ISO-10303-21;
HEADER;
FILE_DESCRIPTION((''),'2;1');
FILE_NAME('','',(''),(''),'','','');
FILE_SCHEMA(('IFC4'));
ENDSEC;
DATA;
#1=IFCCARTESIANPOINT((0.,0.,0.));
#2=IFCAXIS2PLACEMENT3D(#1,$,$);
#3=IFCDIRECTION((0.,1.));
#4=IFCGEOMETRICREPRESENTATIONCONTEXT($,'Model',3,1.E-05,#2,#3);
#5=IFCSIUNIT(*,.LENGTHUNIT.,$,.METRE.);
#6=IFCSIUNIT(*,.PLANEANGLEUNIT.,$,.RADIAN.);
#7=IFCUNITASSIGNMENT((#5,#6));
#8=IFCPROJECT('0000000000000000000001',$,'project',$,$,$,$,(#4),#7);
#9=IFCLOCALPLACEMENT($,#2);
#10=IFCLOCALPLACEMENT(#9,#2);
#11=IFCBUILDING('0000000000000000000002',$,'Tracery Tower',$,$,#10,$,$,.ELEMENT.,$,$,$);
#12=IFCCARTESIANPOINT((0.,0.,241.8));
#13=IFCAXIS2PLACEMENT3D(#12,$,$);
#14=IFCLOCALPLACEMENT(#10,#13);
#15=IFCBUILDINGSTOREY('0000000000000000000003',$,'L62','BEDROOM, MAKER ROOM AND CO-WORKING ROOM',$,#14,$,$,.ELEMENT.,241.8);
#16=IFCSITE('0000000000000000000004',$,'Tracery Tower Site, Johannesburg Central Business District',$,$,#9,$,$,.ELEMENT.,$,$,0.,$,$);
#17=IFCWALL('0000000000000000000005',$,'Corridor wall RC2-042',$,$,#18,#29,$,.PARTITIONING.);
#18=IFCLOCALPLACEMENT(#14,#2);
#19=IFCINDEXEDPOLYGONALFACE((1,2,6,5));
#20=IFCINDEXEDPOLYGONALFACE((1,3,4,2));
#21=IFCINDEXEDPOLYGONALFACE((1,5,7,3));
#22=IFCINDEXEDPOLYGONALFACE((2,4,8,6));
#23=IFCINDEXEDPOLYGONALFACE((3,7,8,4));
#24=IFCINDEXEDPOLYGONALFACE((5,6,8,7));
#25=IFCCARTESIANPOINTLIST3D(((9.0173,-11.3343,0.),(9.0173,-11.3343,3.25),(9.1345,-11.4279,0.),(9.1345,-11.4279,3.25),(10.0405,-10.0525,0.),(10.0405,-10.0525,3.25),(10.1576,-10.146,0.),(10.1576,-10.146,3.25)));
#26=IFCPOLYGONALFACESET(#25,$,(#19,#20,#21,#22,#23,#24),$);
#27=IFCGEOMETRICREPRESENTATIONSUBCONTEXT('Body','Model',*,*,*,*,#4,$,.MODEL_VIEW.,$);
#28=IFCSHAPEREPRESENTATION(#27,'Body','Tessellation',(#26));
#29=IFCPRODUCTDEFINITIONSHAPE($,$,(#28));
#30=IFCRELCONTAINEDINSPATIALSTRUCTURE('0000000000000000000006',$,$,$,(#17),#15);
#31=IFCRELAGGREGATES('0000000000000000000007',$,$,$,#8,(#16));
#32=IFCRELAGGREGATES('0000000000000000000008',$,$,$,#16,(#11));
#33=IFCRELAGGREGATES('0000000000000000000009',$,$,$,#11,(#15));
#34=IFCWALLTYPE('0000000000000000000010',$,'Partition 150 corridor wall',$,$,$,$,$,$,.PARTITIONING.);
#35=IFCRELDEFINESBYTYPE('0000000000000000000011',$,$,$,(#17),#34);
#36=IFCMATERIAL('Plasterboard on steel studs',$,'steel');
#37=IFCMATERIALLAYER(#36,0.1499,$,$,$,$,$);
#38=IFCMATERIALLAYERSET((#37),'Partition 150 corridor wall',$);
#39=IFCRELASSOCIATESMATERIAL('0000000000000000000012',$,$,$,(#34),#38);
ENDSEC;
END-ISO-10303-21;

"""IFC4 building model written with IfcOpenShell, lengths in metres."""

from ifc_helpers import new_model, si_unit, direction, frame, frame_2d, origin, place, context, subcontext, project, spatial, rectangle, extrude, material, layer, layer_set, type_object, element, save


model = new_model("IFC4")

# Units and contexts
model_context = context("Model", 3, precision=1e-05, world=origin(), true_north=direction((0.0, 1.0)))
body_context = subcontext(model_context, "Body", "Model", "MODEL_VIEW")
ifc_project = project(units=[si_unit("LENGTHUNIT", "METRE"), si_unit("PLANEANGLEUNIT", "RADIAN")], contexts=[model_context])

# Site, building, storey
site_placement = place(None, origin())
site = spatial("IfcSite", under=ifc_project, at=site_placement, Name="Tracery Tower Site, Johannesburg Central Business District", CompositionType="ELEMENT", RefElevation=0.0)
building_placement = place(site_placement, origin())
building = spatial("IfcBuilding", under=site, at=building_placement, Name="Tracery Tower", CompositionType="ELEMENT")
storey_placement = place(building_placement, frame((0.0, 0.0, 241.8)))
storey = spatial("IfcBuildingStorey", under=building, at=storey_placement, Name="L62", Description="BEDROOM, MAKER ROOM AND CO-WORKING ROOM", CompositionType="ELEMENT", Elevation=241.8)

# Shared definitions
ifc_material_1 = material(Name="Plasterboard on steel studs", Category="steel")
ifc_layer_1 = layer(ifc_material_1, 0.1499)
ifc_layer_set_1 = layer_set([ifc_layer_1], Name="Partition 150 corridor wall")
wall_type_1 = type_object("IfcWallType", Name="Partition 150 corridor wall", PredefinedType="PARTITIONING", material=ifc_layer_set_1)

# Wall
wall_1_placement = place(storey_placement, frame((9.0759, -11.3811, 0.0), z_axis=(0.0, 0.0, 1.0), x_axis=(0.623805, 0.78158, 0.0)))
element("IfcWall", 1, at=wall_1_placement, inside=storey, type_object=wall_type_1, Name="Corridor wall RC2-042", PredefinedType="PARTITIONING", context=body_context, shape_type="SweptSolid", body=[
    extrude(rectangle(XDim=1.6401, YDim=0.1499, at=frame_2d((0.8201, 0.0))), origin(), (0.0, 0.0, 1.0), 3.25),
])

save(model, "model.ifc")
